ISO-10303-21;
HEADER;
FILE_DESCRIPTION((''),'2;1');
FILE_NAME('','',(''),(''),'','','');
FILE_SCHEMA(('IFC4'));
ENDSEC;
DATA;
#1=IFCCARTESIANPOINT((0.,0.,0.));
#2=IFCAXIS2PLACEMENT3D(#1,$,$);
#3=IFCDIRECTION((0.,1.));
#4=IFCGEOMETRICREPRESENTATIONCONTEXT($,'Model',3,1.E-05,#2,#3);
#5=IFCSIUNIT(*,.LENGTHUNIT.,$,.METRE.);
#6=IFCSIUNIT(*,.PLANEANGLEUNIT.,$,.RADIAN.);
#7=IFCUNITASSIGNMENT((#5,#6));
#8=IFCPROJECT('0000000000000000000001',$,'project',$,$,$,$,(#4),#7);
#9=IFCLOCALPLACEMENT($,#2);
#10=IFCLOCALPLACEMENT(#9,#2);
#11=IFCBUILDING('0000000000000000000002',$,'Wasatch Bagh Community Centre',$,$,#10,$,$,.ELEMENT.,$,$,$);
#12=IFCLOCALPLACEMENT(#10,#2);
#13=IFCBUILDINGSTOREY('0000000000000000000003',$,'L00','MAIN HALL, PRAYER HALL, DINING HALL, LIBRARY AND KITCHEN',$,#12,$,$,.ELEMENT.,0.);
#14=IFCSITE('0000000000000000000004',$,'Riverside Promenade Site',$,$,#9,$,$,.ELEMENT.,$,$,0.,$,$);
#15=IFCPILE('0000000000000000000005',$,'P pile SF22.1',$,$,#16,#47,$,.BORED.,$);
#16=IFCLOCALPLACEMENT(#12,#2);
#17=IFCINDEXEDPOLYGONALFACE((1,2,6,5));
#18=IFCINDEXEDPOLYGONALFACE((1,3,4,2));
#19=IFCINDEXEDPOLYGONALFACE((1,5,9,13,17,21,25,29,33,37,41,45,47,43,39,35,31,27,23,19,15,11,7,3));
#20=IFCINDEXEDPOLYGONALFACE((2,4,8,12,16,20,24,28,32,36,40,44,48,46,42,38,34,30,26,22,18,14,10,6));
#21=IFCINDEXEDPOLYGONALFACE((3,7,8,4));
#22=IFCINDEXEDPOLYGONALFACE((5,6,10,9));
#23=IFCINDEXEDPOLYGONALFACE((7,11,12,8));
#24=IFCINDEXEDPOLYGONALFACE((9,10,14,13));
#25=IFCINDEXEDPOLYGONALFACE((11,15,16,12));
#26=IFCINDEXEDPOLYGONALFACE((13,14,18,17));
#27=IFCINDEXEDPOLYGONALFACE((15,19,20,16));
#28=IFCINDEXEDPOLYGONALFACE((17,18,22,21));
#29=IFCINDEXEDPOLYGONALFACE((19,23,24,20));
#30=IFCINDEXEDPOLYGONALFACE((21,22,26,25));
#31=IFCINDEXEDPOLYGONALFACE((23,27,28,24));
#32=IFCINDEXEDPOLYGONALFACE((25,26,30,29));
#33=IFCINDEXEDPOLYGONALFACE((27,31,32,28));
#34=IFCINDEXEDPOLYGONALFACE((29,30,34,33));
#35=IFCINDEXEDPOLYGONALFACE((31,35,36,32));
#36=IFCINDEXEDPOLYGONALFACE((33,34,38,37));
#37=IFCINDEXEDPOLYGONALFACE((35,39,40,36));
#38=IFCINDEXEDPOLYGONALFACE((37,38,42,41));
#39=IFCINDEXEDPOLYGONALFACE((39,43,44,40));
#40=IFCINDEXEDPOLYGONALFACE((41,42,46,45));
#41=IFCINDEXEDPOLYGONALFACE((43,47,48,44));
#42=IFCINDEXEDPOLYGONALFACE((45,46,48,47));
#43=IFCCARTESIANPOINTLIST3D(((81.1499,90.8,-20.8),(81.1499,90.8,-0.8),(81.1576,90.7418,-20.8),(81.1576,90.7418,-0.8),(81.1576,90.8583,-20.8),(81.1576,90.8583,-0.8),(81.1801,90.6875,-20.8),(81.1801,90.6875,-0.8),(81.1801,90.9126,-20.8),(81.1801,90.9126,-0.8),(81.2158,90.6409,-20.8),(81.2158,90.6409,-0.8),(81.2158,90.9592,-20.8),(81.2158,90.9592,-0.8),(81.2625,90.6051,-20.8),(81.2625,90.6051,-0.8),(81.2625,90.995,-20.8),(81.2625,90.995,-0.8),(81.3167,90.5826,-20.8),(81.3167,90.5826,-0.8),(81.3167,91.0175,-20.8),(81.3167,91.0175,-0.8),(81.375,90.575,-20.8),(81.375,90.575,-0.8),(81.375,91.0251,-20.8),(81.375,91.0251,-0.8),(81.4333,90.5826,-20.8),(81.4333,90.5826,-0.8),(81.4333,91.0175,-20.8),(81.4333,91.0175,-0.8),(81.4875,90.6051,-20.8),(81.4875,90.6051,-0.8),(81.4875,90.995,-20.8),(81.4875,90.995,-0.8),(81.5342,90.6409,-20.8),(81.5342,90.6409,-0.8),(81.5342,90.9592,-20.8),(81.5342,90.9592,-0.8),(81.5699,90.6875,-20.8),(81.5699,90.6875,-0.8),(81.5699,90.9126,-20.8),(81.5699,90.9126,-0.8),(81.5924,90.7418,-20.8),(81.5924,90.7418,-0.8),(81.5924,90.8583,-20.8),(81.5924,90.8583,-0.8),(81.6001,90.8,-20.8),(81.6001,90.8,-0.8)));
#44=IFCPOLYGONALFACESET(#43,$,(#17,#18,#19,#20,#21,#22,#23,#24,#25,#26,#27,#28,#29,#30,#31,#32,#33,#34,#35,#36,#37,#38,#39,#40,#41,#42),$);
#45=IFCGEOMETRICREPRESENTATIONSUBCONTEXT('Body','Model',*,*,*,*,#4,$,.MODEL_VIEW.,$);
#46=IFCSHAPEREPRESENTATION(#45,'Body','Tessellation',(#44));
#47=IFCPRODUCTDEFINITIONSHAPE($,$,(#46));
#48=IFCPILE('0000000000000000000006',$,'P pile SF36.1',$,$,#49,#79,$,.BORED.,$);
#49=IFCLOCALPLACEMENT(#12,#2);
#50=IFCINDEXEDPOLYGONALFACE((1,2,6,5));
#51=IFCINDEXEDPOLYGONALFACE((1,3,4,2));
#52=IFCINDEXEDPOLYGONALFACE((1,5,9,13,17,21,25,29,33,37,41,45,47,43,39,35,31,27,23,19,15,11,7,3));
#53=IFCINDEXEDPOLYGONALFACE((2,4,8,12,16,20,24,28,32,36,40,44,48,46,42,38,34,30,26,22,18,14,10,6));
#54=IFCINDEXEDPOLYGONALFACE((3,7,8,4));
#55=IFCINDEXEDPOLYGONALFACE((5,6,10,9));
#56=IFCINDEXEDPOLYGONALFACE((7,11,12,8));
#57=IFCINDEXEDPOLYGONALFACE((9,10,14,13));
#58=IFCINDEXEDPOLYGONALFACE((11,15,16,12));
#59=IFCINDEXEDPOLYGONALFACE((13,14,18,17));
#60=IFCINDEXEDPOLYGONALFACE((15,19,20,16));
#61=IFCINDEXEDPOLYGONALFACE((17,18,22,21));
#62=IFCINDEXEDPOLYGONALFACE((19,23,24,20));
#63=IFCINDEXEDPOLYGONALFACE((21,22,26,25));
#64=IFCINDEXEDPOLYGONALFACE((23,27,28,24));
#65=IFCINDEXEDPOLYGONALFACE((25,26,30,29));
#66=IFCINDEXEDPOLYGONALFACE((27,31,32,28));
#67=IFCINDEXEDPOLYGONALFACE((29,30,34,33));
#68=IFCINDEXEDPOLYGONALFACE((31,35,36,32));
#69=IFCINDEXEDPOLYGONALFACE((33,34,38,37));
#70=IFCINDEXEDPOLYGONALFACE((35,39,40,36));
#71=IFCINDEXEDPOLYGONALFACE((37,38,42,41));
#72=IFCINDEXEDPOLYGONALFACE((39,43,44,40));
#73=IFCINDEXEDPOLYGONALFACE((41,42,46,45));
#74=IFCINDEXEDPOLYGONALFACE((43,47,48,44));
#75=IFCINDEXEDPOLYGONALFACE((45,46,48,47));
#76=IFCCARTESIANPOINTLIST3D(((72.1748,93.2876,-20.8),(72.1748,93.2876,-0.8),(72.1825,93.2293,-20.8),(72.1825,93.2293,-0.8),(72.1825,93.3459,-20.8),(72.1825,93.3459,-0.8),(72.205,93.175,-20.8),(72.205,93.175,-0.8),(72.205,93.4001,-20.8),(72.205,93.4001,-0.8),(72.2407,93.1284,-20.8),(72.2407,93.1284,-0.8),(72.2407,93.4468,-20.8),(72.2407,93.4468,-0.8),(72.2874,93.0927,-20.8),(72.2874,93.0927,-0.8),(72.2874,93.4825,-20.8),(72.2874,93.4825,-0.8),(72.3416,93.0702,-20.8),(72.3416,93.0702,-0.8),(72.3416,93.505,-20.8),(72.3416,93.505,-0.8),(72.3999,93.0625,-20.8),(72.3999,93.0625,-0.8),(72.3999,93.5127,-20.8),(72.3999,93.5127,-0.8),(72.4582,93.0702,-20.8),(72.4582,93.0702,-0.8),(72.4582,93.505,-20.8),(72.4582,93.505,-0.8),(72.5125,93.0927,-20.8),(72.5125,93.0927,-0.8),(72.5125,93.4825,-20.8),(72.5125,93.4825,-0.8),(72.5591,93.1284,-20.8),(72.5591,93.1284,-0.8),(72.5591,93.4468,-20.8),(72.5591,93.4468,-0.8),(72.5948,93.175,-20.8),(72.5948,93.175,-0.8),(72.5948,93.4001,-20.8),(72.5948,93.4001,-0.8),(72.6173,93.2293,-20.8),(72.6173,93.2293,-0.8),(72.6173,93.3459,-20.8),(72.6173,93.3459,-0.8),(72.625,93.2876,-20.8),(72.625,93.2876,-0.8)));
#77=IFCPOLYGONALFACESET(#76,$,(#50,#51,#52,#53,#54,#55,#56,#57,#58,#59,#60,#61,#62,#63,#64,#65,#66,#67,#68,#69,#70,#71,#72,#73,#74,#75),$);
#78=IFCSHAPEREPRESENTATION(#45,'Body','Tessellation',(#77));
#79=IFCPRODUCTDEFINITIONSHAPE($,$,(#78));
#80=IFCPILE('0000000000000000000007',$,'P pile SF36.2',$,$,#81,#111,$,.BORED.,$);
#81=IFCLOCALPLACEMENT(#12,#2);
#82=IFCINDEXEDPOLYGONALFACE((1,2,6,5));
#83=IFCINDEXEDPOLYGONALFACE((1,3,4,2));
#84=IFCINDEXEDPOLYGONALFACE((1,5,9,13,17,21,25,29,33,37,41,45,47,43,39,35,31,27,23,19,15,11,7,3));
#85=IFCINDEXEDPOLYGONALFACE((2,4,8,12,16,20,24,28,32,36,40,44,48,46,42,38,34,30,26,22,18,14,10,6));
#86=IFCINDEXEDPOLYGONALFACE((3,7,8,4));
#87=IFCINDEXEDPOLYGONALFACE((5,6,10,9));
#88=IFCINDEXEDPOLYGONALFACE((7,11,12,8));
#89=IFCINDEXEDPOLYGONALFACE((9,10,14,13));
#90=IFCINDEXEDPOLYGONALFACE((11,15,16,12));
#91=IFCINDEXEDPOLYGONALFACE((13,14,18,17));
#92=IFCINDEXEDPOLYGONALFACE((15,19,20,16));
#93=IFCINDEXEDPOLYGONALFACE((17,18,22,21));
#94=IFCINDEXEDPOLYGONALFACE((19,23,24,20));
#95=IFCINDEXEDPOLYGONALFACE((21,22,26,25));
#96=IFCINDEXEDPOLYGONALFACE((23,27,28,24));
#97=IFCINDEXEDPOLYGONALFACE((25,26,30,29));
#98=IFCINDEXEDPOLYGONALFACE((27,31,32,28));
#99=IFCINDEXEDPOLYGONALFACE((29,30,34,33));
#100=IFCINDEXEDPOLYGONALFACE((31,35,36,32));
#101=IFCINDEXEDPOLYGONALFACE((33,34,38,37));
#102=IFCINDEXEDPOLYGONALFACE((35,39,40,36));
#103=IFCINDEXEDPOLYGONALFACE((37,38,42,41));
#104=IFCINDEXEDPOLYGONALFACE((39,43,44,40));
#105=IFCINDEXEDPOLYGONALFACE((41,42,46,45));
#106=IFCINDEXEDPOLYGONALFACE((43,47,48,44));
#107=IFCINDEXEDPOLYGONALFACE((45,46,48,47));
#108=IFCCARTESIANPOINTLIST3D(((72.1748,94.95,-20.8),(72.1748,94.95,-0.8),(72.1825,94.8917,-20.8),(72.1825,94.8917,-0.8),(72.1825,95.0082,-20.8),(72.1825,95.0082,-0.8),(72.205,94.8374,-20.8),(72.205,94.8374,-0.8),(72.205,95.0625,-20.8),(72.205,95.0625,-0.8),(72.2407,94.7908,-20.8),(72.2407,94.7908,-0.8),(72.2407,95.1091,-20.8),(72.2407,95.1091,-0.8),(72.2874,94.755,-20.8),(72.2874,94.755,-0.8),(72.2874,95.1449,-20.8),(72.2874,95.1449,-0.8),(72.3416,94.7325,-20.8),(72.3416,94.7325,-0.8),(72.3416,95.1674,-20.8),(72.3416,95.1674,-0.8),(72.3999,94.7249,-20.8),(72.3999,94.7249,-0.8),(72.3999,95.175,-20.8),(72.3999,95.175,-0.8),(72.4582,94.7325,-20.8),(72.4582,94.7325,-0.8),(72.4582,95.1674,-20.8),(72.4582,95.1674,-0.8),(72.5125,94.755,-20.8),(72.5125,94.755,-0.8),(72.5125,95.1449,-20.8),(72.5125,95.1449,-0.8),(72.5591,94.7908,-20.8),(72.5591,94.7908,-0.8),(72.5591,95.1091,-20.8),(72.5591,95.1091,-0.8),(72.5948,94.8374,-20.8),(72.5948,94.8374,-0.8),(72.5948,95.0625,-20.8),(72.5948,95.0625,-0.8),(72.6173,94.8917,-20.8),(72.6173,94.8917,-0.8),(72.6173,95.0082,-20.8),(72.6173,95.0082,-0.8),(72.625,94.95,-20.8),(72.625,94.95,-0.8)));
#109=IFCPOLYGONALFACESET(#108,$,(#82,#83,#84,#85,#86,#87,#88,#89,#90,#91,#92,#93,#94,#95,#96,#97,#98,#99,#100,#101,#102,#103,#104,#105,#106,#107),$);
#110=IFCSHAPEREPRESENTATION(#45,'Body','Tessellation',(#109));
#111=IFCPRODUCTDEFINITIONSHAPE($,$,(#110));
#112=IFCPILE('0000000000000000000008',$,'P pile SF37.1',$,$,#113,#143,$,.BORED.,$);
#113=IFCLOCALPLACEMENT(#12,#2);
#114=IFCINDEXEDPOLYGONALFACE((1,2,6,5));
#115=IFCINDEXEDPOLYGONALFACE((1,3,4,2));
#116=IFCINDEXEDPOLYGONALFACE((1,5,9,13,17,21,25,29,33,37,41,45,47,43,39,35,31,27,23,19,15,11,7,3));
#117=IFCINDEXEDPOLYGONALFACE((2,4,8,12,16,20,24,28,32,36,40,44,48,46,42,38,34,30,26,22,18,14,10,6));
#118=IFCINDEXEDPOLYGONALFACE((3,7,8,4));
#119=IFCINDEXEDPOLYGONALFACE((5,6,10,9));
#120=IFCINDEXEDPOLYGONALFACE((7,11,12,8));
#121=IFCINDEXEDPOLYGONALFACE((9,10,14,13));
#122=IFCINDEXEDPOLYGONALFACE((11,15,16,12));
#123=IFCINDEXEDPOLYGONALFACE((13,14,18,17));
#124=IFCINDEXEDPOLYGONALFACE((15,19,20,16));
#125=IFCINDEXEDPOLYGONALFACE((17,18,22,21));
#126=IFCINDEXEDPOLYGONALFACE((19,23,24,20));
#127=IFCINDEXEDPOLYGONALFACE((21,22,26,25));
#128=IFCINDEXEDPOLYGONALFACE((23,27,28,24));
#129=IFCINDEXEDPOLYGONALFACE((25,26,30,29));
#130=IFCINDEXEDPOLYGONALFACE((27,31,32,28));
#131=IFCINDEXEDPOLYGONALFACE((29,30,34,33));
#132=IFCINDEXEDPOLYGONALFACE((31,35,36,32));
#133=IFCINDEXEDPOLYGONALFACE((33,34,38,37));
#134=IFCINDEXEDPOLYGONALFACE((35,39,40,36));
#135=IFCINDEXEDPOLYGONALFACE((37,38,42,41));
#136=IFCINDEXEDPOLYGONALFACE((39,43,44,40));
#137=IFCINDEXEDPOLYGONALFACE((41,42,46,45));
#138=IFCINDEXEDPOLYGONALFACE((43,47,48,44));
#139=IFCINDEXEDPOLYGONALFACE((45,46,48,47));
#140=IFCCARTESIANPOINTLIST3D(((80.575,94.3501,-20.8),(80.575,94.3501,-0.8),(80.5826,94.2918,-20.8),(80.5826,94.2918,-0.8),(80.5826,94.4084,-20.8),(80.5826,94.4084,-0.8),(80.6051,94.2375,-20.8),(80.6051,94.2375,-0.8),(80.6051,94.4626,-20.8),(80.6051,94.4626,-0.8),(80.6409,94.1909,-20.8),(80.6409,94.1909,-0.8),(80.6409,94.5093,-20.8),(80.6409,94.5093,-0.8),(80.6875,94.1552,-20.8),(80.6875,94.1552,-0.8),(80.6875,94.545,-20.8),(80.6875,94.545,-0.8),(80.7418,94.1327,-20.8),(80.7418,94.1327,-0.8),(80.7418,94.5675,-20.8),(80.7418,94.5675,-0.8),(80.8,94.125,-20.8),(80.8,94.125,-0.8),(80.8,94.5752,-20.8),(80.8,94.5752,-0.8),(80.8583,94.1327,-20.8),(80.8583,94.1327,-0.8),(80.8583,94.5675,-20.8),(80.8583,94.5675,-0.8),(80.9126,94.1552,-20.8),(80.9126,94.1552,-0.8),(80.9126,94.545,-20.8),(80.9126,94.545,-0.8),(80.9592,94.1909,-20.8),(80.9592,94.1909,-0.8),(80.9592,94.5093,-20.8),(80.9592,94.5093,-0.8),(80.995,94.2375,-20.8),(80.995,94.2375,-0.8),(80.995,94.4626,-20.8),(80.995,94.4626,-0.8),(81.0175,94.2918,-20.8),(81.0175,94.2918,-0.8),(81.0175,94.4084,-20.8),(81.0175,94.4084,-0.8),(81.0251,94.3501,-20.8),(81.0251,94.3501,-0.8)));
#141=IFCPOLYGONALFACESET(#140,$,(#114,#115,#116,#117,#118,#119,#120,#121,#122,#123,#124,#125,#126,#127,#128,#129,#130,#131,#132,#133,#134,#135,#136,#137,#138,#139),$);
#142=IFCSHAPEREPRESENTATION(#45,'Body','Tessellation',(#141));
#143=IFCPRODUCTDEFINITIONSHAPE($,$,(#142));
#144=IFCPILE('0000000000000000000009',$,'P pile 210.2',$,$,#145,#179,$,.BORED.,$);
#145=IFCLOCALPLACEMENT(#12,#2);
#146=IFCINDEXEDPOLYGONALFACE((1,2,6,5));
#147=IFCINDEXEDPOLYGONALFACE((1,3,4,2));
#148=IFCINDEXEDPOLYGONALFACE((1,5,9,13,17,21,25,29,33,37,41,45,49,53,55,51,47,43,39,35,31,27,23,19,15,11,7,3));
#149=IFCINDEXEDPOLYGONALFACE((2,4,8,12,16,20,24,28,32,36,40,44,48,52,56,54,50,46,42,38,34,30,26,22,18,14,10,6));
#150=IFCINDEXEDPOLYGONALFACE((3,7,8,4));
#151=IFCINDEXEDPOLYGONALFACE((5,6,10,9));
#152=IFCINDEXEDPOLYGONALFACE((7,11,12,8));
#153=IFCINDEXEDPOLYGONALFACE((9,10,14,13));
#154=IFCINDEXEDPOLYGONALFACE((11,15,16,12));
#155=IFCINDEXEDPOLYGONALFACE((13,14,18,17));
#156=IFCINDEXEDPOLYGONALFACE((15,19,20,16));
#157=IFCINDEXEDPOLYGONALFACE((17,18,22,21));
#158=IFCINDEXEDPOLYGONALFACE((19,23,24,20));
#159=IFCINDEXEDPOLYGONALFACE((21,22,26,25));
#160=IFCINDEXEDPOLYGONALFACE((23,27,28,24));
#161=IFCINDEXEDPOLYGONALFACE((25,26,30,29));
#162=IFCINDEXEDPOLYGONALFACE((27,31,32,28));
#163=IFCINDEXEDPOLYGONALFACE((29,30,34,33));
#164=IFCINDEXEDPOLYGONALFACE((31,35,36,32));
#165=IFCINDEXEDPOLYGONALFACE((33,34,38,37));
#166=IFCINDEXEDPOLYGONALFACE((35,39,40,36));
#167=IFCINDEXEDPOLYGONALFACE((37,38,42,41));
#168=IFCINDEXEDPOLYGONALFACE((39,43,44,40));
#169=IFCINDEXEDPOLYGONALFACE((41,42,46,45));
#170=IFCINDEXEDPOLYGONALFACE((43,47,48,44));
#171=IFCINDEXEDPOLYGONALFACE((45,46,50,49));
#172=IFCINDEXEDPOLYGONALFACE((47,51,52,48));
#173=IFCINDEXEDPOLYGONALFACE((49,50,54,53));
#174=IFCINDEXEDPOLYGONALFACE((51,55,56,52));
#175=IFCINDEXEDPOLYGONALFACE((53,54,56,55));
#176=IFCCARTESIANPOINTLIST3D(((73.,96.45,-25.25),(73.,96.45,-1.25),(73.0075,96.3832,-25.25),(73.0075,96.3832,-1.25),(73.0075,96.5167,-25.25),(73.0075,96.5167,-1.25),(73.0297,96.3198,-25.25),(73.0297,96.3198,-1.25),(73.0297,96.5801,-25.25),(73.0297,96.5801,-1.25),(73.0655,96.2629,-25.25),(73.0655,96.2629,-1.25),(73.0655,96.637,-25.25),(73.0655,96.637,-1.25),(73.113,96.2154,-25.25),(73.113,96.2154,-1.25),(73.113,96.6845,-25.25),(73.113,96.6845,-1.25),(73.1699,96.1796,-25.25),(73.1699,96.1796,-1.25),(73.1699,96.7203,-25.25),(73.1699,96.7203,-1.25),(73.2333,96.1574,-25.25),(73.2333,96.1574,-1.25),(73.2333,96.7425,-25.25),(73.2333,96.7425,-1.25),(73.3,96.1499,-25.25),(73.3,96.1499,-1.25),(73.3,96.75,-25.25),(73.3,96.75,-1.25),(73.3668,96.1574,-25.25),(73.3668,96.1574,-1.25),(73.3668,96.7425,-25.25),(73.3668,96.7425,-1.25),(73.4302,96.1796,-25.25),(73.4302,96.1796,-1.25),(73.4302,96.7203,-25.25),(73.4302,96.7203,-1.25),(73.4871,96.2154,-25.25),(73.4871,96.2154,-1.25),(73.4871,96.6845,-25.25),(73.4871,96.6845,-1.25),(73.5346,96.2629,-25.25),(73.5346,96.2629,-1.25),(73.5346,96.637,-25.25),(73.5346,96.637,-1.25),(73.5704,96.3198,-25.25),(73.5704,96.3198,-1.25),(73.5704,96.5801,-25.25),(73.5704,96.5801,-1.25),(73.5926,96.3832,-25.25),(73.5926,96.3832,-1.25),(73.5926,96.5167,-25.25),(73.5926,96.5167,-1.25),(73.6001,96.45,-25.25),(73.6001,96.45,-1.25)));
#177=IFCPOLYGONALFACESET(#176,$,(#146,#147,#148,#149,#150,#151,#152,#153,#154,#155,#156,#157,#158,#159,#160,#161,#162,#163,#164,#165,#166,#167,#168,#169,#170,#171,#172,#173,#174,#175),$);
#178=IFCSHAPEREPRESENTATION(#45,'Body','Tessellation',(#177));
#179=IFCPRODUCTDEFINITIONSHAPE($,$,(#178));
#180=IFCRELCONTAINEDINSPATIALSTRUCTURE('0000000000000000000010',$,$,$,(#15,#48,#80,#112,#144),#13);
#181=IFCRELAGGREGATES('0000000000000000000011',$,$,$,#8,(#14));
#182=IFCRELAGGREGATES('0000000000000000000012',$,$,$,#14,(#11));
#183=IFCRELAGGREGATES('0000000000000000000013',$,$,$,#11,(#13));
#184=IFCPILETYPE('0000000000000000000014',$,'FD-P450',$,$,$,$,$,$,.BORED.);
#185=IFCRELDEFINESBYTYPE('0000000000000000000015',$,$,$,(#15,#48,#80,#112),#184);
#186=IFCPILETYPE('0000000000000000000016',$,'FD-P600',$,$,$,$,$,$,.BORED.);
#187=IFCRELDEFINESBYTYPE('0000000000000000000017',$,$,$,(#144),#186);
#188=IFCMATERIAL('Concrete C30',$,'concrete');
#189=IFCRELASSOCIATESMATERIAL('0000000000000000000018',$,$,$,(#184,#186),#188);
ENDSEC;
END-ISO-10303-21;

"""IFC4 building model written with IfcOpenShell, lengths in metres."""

from ifc_helpers import new_model, si_unit, direction, frame, origin, origin_2d, place, context, subcontext, project, spatial, circle, extrude, material, material_profile, profile_set, type_object, element, save


model = new_model("IFC4")

# Units and contexts
model_context = context("Model", 3, precision=1e-05, world=origin(), true_north=direction((0.0, 1.0)))
body_context = subcontext(model_context, "Body", "Model", "MODEL_VIEW")
ifc_project = project(units=[si_unit("LENGTHUNIT", "METRE"), si_unit("PLANEANGLEUNIT", "RADIAN")], contexts=[model_context])

# Site, building, storey
site_placement = place(None, origin())
site = spatial("IfcSite", under=ifc_project, at=site_placement, Name="Riverside Promenade Site", CompositionType="ELEMENT", RefElevation=0.0)
building_placement = place(site_placement, origin())
building = spatial("IfcBuilding", under=site, at=building_placement, Name="Wasatch Bagh Community Centre", CompositionType="ELEMENT")
storey_placement = place(building_placement, origin())
storey = spatial("IfcBuildingStorey", under=building, at=storey_placement, Name="L00", Description="MAIN HALL, PRAYER HALL, DINING HALL, LIBRARY AND KITCHEN", CompositionType="ELEMENT", Elevation=0.0)

# Piles
ifc_material_1 = material(Name="Concrete C30", Category="concrete")
ifc_material_profile_1 = material_profile(ifc_material_1, circle(Radius=0.2251, at=origin_2d()), Name="RC D450")
ifc_profile_set_1 = profile_set([ifc_material_profile_1], Name="Concrete C30")
pile_type_1 = type_object("IfcPileType", Name="FD-P450", PredefinedType="BORED", material=ifc_profile_set_1)
for number, where, z_axis, x_axis, name in (
    (1, (81.375, 90.8, -0.8), (0.0, 0.0, -1.0), (1.0, 0.0, 0.0), "P pile SF22.1"),
    (2, (72.3999, 93.2876, -0.8), (0.0, 0.0, -1.0), (1.0, 0.0, 0.0), "P pile SF36.1"),
    (3, (72.3999, 94.95, -0.8), (0.0, 0.0, -1.0), (1.0, 0.0, 0.0), "P pile SF36.2"),
    (4, (80.8, 94.3501, -0.8), (0.0, 0.0, -1.0), (1.0, 0.0, 0.0), "P pile SF37.1"),
):
    element("IfcPile", number, at=place(storey_placement, frame(where, z_axis=z_axis, x_axis=x_axis)), inside=storey, type_object=pile_type_1, Name=name, PredefinedType="BORED", context=body_context, shape_type="SweptSolid", body=[
        extrude(circle(Radius=0.2251, at=origin_2d()), origin(), (0.0, 0.0, 1.0), 20.0),
    ])
ifc_material_profile_2 = material_profile(ifc_material_1, circle(Radius=0.3, at=origin_2d()), Name="RC D600")
ifc_profile_set_2 = profile_set([ifc_material_profile_2], Name="Concrete C30")
pile_type_2 = type_object("IfcPileType", Name="FD-P600", PredefinedType="BORED", material=ifc_profile_set_2)
for number, where, z_axis, x_axis, name in (
    (5, (73.3, 96.45, -1.25), (0.0, 0.0, -1.0), (1.0, 0.0, 0.0), "P pile 210.2"),
):
    element("IfcPile", number, at=place(storey_placement, frame(where, z_axis=z_axis, x_axis=x_axis)), inside=storey, type_object=pile_type_2, Name=name, PredefinedType="BORED", context=body_context, shape_type="SweptSolid", body=[
        extrude(circle(Radius=0.3, at=origin_2d()), origin(), (0.0, 0.0, 1.0), 24.0),
    ])

save(model, "model.ifc")
